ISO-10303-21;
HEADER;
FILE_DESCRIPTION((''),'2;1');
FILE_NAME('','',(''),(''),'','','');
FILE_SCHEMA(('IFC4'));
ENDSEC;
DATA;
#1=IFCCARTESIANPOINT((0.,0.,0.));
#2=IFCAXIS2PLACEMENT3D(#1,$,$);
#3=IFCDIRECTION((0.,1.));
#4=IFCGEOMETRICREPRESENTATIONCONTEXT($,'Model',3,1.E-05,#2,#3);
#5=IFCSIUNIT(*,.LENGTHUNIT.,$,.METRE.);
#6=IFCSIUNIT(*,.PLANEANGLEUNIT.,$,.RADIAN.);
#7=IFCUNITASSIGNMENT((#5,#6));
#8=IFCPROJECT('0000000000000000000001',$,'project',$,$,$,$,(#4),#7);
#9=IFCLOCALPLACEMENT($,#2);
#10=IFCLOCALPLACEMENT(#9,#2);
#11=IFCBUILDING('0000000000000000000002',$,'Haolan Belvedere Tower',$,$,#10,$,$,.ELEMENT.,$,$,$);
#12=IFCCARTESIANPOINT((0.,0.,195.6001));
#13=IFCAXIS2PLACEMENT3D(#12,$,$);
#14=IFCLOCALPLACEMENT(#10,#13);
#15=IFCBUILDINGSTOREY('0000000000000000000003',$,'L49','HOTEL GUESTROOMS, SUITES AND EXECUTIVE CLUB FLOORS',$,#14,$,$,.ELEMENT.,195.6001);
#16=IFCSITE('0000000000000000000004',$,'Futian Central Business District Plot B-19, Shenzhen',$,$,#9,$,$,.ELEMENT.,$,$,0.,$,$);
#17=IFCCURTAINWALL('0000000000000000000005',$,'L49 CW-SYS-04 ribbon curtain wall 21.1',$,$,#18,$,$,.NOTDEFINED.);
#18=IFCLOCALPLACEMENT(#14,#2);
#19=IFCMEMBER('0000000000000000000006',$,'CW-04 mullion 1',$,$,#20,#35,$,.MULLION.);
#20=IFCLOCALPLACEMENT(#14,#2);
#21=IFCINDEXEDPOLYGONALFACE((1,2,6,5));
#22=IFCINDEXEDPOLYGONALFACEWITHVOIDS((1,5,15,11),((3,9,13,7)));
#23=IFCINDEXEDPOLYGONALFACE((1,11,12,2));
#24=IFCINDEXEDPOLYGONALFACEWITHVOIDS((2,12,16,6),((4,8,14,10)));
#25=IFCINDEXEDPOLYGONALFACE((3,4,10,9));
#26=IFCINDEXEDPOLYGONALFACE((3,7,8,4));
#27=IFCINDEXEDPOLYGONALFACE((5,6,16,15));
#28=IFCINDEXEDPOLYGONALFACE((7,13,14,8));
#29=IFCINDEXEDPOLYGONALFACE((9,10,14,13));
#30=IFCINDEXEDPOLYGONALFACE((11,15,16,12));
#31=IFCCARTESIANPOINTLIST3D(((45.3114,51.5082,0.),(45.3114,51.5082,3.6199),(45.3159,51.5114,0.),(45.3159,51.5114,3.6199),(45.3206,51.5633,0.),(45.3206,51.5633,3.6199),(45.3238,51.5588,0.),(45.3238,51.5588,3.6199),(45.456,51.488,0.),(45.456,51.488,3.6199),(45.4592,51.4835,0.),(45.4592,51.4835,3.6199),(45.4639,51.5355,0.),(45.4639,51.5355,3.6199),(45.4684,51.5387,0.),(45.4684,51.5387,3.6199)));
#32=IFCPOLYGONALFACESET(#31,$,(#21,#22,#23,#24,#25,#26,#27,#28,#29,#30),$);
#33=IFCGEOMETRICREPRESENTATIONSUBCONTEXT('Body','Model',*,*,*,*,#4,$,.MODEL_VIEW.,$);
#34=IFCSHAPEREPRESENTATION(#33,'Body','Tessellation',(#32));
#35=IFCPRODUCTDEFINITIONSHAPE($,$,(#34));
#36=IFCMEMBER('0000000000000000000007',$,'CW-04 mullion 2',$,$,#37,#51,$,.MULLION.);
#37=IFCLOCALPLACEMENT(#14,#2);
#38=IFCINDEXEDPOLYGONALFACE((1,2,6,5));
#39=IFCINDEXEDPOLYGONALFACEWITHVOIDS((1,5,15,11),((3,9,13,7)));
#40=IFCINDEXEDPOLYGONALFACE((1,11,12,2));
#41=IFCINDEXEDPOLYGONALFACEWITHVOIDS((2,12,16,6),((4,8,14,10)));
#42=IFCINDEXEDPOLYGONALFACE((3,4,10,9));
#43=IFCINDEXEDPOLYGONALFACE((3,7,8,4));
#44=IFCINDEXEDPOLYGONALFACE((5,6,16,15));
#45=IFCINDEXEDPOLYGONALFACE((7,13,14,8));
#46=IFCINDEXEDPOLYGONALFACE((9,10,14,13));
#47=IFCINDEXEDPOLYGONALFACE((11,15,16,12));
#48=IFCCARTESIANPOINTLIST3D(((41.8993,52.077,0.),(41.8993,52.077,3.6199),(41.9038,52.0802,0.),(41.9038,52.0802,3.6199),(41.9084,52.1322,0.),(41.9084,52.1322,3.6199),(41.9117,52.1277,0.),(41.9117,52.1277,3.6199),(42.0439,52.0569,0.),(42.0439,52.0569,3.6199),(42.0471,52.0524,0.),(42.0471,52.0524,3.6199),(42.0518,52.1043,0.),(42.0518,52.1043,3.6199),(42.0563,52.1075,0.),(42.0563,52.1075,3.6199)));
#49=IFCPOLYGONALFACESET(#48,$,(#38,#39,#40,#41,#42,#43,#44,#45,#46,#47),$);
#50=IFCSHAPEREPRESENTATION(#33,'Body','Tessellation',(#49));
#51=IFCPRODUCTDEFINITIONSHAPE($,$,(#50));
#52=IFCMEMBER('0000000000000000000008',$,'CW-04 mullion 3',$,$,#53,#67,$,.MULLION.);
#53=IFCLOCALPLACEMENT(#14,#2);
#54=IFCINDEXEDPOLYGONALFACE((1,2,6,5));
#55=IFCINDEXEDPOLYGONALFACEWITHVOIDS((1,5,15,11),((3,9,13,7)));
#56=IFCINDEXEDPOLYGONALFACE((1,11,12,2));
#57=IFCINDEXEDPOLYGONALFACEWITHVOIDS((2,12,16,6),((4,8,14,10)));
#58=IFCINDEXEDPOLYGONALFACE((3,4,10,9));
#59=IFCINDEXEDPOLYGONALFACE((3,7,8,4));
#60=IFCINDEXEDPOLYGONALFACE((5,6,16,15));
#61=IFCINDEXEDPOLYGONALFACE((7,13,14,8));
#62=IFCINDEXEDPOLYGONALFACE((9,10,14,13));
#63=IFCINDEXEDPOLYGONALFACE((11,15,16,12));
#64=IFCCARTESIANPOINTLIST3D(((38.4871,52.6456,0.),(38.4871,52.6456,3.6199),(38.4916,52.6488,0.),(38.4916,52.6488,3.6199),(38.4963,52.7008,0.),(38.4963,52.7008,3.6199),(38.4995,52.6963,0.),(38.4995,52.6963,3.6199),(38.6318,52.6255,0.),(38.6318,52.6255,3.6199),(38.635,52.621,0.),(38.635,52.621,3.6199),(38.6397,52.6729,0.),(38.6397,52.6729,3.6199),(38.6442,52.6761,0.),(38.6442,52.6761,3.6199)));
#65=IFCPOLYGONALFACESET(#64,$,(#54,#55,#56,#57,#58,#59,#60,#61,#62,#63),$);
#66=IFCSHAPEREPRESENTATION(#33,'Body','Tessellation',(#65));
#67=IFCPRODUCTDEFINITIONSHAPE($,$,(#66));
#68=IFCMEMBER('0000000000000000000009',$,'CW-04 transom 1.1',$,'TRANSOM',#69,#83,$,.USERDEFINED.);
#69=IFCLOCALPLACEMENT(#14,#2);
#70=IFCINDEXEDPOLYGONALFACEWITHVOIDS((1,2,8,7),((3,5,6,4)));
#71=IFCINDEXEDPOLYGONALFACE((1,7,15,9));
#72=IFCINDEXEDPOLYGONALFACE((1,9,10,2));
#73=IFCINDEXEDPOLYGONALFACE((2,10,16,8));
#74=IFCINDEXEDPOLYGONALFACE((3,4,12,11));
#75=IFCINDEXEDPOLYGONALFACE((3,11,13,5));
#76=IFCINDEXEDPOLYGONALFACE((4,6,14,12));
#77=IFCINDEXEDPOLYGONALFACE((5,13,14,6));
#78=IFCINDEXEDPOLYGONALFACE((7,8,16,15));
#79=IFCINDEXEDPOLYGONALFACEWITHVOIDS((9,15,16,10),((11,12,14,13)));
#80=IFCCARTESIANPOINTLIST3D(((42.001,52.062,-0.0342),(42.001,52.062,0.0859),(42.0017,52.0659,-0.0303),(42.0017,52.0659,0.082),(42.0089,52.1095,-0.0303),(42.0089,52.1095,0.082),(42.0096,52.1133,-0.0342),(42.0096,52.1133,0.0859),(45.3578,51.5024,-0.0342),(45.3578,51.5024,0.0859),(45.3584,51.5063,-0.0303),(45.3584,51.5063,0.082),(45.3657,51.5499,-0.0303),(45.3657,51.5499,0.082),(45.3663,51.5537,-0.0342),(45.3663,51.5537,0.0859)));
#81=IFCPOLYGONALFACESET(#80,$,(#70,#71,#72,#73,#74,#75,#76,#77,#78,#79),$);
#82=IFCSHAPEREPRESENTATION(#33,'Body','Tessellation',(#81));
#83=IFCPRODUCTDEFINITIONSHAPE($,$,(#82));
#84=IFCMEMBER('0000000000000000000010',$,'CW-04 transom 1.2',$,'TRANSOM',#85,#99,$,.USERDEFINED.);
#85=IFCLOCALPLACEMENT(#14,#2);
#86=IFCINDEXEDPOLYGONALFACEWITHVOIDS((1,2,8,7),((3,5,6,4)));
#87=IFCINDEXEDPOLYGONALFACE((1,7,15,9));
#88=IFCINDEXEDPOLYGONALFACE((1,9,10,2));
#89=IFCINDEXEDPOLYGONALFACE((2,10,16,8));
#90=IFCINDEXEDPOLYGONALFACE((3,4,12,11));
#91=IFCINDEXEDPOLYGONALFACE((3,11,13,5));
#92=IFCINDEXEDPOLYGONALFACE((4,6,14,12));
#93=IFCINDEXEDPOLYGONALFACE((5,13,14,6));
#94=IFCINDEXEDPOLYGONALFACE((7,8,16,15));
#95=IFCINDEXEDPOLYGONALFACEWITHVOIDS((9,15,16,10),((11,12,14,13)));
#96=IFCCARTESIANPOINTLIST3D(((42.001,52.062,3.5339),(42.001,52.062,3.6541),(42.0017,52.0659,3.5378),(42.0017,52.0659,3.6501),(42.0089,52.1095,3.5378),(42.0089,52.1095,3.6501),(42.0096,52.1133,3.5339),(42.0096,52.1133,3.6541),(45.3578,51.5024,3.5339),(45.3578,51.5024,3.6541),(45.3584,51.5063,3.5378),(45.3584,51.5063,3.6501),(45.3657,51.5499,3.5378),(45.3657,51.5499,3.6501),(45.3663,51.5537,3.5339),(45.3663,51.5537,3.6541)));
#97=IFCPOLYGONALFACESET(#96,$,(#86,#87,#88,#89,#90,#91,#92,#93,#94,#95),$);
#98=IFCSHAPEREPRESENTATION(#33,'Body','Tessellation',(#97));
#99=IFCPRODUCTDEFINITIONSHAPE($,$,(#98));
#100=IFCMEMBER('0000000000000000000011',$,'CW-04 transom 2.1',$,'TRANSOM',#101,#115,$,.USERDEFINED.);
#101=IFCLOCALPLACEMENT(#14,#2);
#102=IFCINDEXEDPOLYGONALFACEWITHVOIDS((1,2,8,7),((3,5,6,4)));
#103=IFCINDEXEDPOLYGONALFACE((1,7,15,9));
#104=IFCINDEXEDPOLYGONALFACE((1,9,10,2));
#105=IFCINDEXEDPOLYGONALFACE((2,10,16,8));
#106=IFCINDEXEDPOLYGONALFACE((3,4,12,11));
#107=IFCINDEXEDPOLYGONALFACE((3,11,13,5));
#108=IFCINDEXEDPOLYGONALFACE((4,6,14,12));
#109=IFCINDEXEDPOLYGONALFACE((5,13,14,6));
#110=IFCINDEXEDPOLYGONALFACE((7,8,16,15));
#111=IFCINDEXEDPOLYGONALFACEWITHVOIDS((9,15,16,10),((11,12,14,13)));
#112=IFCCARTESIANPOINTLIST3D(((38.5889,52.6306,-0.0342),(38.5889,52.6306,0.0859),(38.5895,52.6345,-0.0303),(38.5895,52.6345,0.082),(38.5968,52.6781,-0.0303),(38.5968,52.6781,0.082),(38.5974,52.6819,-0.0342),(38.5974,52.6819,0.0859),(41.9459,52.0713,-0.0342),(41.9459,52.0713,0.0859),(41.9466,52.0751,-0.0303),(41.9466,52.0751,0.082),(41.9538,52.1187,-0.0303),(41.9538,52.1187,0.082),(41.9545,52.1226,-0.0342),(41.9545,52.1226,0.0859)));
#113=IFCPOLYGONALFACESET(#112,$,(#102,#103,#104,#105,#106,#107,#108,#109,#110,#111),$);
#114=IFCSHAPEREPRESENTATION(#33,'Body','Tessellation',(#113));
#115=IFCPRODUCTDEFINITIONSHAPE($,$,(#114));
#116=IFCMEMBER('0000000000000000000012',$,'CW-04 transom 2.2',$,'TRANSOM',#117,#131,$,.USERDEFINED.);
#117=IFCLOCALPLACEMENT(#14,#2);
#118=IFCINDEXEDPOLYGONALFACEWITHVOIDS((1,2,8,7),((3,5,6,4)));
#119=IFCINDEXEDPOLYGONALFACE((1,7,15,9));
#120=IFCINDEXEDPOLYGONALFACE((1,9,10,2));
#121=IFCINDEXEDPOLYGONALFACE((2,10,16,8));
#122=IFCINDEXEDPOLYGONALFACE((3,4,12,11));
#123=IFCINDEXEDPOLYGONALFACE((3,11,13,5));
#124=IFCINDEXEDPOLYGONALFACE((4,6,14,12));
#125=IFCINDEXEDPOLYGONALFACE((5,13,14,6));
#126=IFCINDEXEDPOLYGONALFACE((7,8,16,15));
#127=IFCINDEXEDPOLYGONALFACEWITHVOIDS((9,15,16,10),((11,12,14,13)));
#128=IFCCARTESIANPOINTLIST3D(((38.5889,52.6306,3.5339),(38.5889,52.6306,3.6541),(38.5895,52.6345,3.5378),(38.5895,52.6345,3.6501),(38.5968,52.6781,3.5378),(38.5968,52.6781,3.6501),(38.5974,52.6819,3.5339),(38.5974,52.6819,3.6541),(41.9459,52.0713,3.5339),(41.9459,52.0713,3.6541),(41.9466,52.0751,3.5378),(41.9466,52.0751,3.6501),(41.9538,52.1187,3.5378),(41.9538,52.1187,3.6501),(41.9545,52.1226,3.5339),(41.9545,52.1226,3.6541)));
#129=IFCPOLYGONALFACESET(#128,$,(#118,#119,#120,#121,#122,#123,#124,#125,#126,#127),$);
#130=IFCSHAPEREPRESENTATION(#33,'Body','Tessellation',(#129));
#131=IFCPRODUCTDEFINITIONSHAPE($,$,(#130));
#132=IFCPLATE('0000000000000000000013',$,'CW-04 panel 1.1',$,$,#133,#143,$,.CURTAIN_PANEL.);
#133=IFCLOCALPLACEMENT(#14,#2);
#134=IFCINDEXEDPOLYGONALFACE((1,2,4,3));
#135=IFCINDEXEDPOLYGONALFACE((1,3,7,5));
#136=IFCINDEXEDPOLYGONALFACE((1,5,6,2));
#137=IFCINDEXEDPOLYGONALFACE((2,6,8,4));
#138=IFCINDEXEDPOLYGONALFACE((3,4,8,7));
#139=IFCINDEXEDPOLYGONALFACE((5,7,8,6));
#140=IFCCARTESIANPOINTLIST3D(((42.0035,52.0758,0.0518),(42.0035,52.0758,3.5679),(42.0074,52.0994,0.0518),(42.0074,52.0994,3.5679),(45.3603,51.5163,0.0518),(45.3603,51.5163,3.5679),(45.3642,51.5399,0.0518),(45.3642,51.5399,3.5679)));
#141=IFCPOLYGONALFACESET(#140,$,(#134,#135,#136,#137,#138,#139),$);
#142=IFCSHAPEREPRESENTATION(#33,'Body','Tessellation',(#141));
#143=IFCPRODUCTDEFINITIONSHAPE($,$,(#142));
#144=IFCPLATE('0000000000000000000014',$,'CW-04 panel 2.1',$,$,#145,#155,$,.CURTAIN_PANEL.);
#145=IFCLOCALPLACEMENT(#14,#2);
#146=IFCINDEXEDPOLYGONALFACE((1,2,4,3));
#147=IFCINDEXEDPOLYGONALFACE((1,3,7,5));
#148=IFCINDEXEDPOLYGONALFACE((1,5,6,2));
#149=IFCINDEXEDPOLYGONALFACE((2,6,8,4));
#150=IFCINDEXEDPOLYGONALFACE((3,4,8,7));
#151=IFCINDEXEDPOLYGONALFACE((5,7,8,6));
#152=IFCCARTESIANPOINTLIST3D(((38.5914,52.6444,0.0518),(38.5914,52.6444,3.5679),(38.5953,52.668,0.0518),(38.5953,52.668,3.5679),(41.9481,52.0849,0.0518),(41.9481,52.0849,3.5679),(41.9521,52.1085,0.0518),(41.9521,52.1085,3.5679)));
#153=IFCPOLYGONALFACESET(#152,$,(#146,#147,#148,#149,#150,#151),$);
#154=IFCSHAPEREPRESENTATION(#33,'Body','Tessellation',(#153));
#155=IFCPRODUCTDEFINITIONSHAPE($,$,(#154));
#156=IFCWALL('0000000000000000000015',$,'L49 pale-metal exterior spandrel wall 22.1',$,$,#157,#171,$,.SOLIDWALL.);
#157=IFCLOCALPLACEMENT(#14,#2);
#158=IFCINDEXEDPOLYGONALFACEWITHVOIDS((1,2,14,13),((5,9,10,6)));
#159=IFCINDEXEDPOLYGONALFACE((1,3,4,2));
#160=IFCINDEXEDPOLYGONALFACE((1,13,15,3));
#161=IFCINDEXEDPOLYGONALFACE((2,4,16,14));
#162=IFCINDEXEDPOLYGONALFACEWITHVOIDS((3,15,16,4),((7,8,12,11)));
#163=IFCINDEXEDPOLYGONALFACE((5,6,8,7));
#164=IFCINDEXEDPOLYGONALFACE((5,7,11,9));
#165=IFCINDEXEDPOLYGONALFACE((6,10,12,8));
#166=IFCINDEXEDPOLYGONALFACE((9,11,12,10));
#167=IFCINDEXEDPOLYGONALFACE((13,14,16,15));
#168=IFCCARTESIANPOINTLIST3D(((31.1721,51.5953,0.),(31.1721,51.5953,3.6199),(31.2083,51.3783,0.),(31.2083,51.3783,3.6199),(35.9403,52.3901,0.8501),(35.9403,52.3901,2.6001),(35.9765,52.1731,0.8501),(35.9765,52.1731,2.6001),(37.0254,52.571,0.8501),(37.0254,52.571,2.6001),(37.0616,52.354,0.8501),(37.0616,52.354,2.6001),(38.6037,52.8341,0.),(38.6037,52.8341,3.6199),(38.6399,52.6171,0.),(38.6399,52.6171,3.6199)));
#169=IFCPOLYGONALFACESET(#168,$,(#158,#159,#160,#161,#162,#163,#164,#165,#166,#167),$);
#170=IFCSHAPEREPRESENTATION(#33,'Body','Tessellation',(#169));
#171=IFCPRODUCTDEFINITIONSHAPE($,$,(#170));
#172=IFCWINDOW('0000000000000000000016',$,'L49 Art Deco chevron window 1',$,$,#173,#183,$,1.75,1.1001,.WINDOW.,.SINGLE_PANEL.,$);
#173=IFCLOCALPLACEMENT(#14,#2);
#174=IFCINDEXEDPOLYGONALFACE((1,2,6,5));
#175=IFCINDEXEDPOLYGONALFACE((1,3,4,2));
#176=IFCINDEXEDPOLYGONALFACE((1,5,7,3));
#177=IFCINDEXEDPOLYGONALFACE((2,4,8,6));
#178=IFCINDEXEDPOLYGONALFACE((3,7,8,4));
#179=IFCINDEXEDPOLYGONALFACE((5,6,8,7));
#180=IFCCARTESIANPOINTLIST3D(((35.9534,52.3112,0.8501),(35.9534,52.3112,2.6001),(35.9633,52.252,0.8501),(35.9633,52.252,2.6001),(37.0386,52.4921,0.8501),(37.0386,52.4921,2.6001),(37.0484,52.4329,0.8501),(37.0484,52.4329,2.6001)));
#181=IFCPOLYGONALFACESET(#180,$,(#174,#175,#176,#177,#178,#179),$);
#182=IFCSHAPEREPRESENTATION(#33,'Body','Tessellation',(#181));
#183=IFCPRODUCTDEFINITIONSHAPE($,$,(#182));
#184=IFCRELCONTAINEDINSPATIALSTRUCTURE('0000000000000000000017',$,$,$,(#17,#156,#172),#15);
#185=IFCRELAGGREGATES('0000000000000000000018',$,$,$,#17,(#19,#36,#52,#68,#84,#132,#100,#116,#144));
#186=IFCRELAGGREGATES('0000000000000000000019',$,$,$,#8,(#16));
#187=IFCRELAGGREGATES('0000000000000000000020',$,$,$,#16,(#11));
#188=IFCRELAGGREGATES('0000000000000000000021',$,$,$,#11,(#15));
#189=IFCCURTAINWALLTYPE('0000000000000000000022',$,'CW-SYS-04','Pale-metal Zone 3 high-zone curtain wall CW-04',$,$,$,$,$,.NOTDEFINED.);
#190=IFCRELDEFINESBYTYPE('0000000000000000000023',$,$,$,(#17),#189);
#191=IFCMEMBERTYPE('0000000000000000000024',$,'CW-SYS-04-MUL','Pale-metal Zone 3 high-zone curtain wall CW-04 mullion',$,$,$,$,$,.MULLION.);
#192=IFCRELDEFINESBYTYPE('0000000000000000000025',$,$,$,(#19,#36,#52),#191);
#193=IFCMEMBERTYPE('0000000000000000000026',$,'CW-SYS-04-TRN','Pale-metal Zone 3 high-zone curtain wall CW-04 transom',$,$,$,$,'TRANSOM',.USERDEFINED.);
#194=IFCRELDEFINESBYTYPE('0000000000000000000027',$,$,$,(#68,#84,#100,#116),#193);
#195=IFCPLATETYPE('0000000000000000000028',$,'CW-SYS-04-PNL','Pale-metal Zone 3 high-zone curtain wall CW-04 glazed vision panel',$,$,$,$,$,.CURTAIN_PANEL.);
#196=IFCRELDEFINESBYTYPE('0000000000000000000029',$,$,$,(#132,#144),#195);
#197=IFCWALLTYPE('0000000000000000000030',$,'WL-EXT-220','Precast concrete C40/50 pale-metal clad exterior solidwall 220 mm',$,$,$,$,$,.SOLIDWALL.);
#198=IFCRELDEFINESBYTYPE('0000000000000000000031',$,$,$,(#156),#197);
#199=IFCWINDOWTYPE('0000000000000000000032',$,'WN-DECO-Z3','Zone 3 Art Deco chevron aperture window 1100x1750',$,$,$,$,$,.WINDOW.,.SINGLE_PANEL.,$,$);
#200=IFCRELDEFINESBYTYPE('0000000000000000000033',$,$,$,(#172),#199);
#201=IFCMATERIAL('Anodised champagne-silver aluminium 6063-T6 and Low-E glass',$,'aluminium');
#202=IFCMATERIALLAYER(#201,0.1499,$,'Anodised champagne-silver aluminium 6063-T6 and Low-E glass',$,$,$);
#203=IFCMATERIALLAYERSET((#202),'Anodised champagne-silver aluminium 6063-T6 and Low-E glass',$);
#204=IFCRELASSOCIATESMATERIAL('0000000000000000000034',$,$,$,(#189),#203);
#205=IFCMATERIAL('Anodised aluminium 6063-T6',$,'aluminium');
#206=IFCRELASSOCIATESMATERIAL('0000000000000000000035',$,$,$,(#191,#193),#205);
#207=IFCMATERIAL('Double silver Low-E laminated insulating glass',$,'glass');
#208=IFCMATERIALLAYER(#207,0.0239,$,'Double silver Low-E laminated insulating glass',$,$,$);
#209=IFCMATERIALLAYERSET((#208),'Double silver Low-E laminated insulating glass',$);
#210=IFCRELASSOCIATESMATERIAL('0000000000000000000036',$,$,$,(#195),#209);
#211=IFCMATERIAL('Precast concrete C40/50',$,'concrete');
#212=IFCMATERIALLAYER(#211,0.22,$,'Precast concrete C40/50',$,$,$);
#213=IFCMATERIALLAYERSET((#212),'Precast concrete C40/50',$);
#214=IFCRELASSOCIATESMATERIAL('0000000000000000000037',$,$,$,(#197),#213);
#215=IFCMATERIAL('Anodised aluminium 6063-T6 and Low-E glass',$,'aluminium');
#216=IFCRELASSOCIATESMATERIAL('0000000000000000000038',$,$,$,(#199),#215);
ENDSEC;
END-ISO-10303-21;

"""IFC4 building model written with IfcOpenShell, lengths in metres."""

from ifc_helpers import new_model, si_unit, direction, frame, frame_2d, origin, origin_2d, place, context, subcontext, project, spatial, rectangle, hollow_rectangle, extrude, material, layer, layer_set, material_profile, profile_set, type_object, element, fill, aggregate, save


model = new_model("IFC4")

# Units and contexts
model_context = context("Model", 3, precision=1e-05, world=origin(), true_north=direction((0.0, 1.0)))
body_context = subcontext(model_context, "Body", "Model", "MODEL_VIEW")
ifc_project = project(units=[si_unit("LENGTHUNIT", "METRE"), si_unit("PLANEANGLEUNIT", "RADIAN")], contexts=[model_context])

# Site, building, storey
site_placement = place(None, origin())
site = spatial("IfcSite", under=ifc_project, at=site_placement, Name="Futian Central Business District Plot B-19, Shenzhen", CompositionType="ELEMENT", RefElevation=0.0)
building_placement = place(site_placement, origin())
building = spatial("IfcBuilding", under=site, at=building_placement, Name="Haolan Belvedere Tower", CompositionType="ELEMENT")
storey_placement = place(building_placement, frame((0.0, 0.0, 195.6001)))
storey = spatial("IfcBuildingStorey", under=building, at=storey_placement, Name="L49", Description="HOTEL GUESTROOMS, SUITES AND EXECUTIVE CLUB FLOORS", CompositionType="ELEMENT", Elevation=195.6001)

# Shared definitions
ifc_material_1 = material(Name="Anodised champagne-silver aluminium 6063-T6 and Low-E glass", Category="aluminium")
ifc_layer_1 = layer(ifc_material_1, 0.1499, Name="Anodised champagne-silver aluminium 6063-T6 and Low-E glass")
ifc_layer_set_1 = layer_set([ifc_layer_1], Name="Anodised champagne-silver aluminium 6063-T6 and Low-E glass")
curtain_wall_type = type_object("IfcCurtainWallType", Name="CW-SYS-04", Description="Pale-metal Zone 3 high-zone curtain wall CW-04", PredefinedType="NOTDEFINED", material=ifc_layer_set_1)
ifc_material_2 = material(Name="Anodised aluminium 6063-T6", Category="aluminium")
ifc_material_profile_1 = material_profile(ifc_material_2, hollow_rectangle(XDim=0.0559, YDim=0.1499, WallThickness=0.0039, at=origin_2d()), Name="Anodised aluminium 6063-T6")
ifc_profile_set_1 = profile_set([ifc_material_profile_1], Name="Anodised aluminium 6063-T6")
member_type_1 = type_object("IfcMemberType", Name="CW-SYS-04-MUL", Description="Pale-metal Zone 3 high-zone curtain wall CW-04 mullion", PredefinedType="MULLION", material=ifc_profile_set_1)

# Curtain wall, members, plates
curtain_wall_1_placement = place(storey_placement, origin())
curtain_wall_1 = element("IfcCurtainWall", 1, at=curtain_wall_1_placement, inside=storey, type_object=curtain_wall_type, Name="L49 CW-SYS-04 ribbon curtain wall 21.1", PredefinedType="NOTDEFINED")
member_1_placement = place(storey_placement, frame((45.3899, 51.5234, 0.0), z_axis=(0.0, 0.0, 1.0), x_axis=(-0.164406, -0.986393, 0.0)))
member_1 = element("IfcMember", 2, at=member_1_placement, type_object=member_type_1, Name="CW-04 mullion 1", PredefinedType="MULLION", context=body_context, shape_type="SweptSolid", body=[
    extrude(hollow_rectangle(XDim=0.0559, YDim=0.1499, WallThickness=0.0039, at=origin_2d()), origin(), (0.0, 0.0, 1.0), 3.6199),
])
member_2_placement = place(storey_placement, frame((41.9778, 52.0923, 0.0), z_axis=(0.0, 0.0, 1.0), x_axis=(-0.164406, -0.986393, 0.0)))
member_2 = element("IfcMember", 3, at=member_2_placement, type_object=member_type_1, Name="CW-04 mullion 2", PredefinedType="MULLION", context=body_context, shape_type="SweptSolid", body=[
    extrude(hollow_rectangle(XDim=0.0559, YDim=0.1499, WallThickness=0.0039, at=origin_2d()), origin(), (0.0, 0.0, 1.0), 3.6199),
])
member_3_placement = place(storey_placement, frame((38.5657, 52.6609, 0.0), z_axis=(0.0, 0.0, 1.0), x_axis=(-0.164406, -0.986393, 0.0)))
member_3 = element("IfcMember", 4, at=member_3_placement, type_object=member_type_1, Name="CW-04 mullion 3", PredefinedType="MULLION", context=body_context, shape_type="SweptSolid", body=[
    extrude(hollow_rectangle(XDim=0.0559, YDim=0.1499, WallThickness=0.0039, at=origin_2d()), origin(), (0.0, 0.0, 1.0), 3.6199),
])
ifc_material_profile_2 = material_profile(ifc_material_2, hollow_rectangle(XDim=0.052, YDim=0.1201, WallThickness=0.0039, at=origin_2d()), Name="Anodised aluminium 6063-T6")
ifc_profile_set_2 = profile_set([ifc_material_profile_2], Name="Anodised aluminium 6063-T6")
member_type_2 = type_object("IfcMemberType", Name="CW-SYS-04-TRN", Description="Pale-metal Zone 3 high-zone curtain wall CW-04 transom", ElementType="TRANSOM", PredefinedType="USERDEFINED", material=ifc_profile_set_2)
member_4_placement = place(storey_placement, frame((45.3621, 51.5281, 0.0259), z_axis=(-0.986388, 0.164434, 0.0), x_axis=(-0.164434, -0.986388, 0.0)))
member_4 = element("IfcMember", 5, at=member_4_placement, type_object=member_type_2, Name="CW-04 transom 1.1", ObjectType="TRANSOM", PredefinedType="USERDEFINED", context=body_context, shape_type="SweptSolid", body=[
    extrude(hollow_rectangle(XDim=0.052, YDim=0.1201, WallThickness=0.0039, at=origin_2d()), origin(), (0.0, 0.0, 1.0), 3.4031),
])
member_5_placement = place(storey_placement, frame((45.3621, 51.5281, 3.594), z_axis=(-0.986388, 0.164434, 0.0), x_axis=(-0.164434, -0.986388, 0.0)))
member_5 = element("IfcMember", 6, at=member_5_placement, type_object=member_type_2, Name="CW-04 transom 1.2", ObjectType="TRANSOM", PredefinedType="USERDEFINED", context=body_context, shape_type="SweptSolid", body=[
    extrude(hollow_rectangle(XDim=0.052, YDim=0.1201, WallThickness=0.0039, at=origin_2d()), origin(), (0.0, 0.0, 1.0), 3.4031),
])
member_6_placement = place(storey_placement, frame((41.9502, 52.0969, 0.0259), z_axis=(-0.986402, 0.164352, 0.0), x_axis=(-0.164352, -0.986402, 0.0)))
member_6 = element("IfcMember", 7, at=member_6_placement, type_object=member_type_2, Name="CW-04 transom 2.1", ObjectType="TRANSOM", PredefinedType="USERDEFINED", context=body_context, shape_type="SweptSolid", body=[
    extrude(hollow_rectangle(XDim=0.052, YDim=0.1201, WallThickness=0.0039, at=origin_2d()), origin(), (0.0, 0.0, 1.0), 3.4033),
])
member_7_placement = place(storey_placement, frame((41.9502, 52.0969, 3.594), z_axis=(-0.986402, 0.164352, 0.0), x_axis=(-0.164352, -0.986402, 0.0)))
member_7 = element("IfcMember", 8, at=member_7_placement, type_object=member_type_2, Name="CW-04 transom 2.2", ObjectType="TRANSOM", PredefinedType="USERDEFINED", context=body_context, shape_type="SweptSolid", body=[
    extrude(hollow_rectangle(XDim=0.052, YDim=0.1201, WallThickness=0.0039, at=origin_2d()), origin(), (0.0, 0.0, 1.0), 3.4033),
])
ifc_material_3 = material(Name="Double silver Low-E laminated insulating glass", Category="glass")
ifc_layer_2 = layer(ifc_material_3, 0.0239, Name="Double silver Low-E laminated insulating glass")
ifc_layer_set_2 = layer_set([ifc_layer_2], Name="Double silver Low-E laminated insulating glass")
plate_type = type_object("IfcPlateType", Name="CW-SYS-04-PNL", Description="Pale-metal Zone 3 high-zone curtain wall CW-04 glazed vision panel", PredefinedType="CURTAIN_PANEL", material=ifc_layer_set_2)
plate_1_placement = place(storey_placement, frame((43.6838, 51.8079, 0.0518), z_axis=(0.0, 0.0, 1.0), x_axis=(-0.986393, 0.164406, 0.0)))
plate_1 = element("IfcPlate", 9, at=plate_1_placement, type_object=plate_type, Name="CW-04 panel 1.1", PredefinedType="CURTAIN_PANEL", context=body_context, shape_type="SweptSolid", body=[
    extrude(rectangle(XDim=3.4031, YDim=0.0239, at=origin_2d()), origin(), (0.0, 0.0, 1.0), 3.5161),
])
plate_2_placement = place(storey_placement, frame((40.2717, 52.3765, 0.0518), z_axis=(0.0, 0.0, 1.0), x_axis=(-0.986393, 0.164406, 0.0)))
plate_2 = element("IfcPlate", 10, at=plate_2_placement, type_object=plate_type, Name="CW-04 panel 2.1", PredefinedType="CURTAIN_PANEL", context=body_context, shape_type="SweptSolid", body=[
    extrude(rectangle(XDim=3.4031, YDim=0.0239, at=origin_2d()), origin(), (0.0, 0.0, 1.0), 3.5161),
])
aggregate(curtain_wall_1, [member_1, member_2, member_3, member_4, member_5, plate_1, member_6, member_7, plate_2])

# Wall, opening, window
ifc_material_4 = material(Name="Precast concrete C40/50", Category="concrete")
ifc_layer_3 = layer(ifc_material_4, 0.22, Name="Precast concrete C40/50")
ifc_layer_set_3 = layer_set([ifc_layer_3], Name="Precast concrete C40/50")
wall_type_1 = type_object("IfcWallType", Name="WL-EXT-220", Description="Precast concrete C40/50 pale-metal clad exterior solidwall 220 mm", PredefinedType="SOLIDWALL", material=ifc_layer_set_3)
wall_1_placement = place(storey_placement, frame((38.6218, 52.7256, 0.0), z_axis=(0.0, 0.0, 1.0), x_axis=(-0.98639, -0.16442, 0.0)))
wall_1 = element("IfcWall", 11, at=wall_1_placement, inside=storey, type_object=wall_type_1, Name="L49 pale-metal exterior spandrel wall 22.1", PredefinedType="SOLIDWALL", context=body_context, shape_type="SweptSolid", body=[
    extrude(rectangle(XDim=7.5342, YDim=0.22, at=frame_2d((3.7671, 0.0))), origin(), (0.0, 0.0, 1.0), 3.6199),
])
opening_1_placement = place(wall_1_placement, frame((1.6001, 0.0, 0.8501)))
opening_1 = element("IfcOpeningElement", 12, at=opening_1_placement, cuts=wall_1, PredefinedType="OPENING", context=body_context, shape_type="SweptSolid", body=[
    extrude(rectangle(XDim=1.1001, YDim=1.75, at=frame_2d((0.55, 0.875))), frame((0.0, 0.1199, 0.0), z_axis=(0.0, -1.0, 0.0), x_axis=(1.0, 0.0, 0.0)), (0.0, 0.0, 1.0), 0.24),
])
ifc_material_5 = material(Name="Anodised aluminium 6063-T6 and Low-E glass", Category="aluminium")
window_type = type_object("IfcWindowType", Name="WN-DECO-Z3", Description="Zone 3 Art Deco chevron aperture window 1100x1750", PartitioningType="SINGLE_PANEL", PredefinedType="WINDOW", material=ifc_material_5)
window_placement = place(opening_1_placement, origin())
window = element("IfcWindow", 13, at=window_placement, inside=storey, type_object=window_type, Name="L49 Art Deco chevron window 1", OverallHeight=1.75, OverallWidth=1.1001, PartitioningType="SINGLE_PANEL", PredefinedType="WINDOW", context=body_context, shape_type="SweptSolid", body=[
    extrude(rectangle(XDim=1.1001, YDim=1.75, at=frame_2d((0.55, 0.875))), frame((0.0, 0.03, 0.0), z_axis=(0.0, -1.0, 0.0), x_axis=(1.0, 0.0, 0.0)), (0.0, 0.0, 1.0), 0.0601),
])
fill(opening_1, window)

save(model, "model.ifc")
